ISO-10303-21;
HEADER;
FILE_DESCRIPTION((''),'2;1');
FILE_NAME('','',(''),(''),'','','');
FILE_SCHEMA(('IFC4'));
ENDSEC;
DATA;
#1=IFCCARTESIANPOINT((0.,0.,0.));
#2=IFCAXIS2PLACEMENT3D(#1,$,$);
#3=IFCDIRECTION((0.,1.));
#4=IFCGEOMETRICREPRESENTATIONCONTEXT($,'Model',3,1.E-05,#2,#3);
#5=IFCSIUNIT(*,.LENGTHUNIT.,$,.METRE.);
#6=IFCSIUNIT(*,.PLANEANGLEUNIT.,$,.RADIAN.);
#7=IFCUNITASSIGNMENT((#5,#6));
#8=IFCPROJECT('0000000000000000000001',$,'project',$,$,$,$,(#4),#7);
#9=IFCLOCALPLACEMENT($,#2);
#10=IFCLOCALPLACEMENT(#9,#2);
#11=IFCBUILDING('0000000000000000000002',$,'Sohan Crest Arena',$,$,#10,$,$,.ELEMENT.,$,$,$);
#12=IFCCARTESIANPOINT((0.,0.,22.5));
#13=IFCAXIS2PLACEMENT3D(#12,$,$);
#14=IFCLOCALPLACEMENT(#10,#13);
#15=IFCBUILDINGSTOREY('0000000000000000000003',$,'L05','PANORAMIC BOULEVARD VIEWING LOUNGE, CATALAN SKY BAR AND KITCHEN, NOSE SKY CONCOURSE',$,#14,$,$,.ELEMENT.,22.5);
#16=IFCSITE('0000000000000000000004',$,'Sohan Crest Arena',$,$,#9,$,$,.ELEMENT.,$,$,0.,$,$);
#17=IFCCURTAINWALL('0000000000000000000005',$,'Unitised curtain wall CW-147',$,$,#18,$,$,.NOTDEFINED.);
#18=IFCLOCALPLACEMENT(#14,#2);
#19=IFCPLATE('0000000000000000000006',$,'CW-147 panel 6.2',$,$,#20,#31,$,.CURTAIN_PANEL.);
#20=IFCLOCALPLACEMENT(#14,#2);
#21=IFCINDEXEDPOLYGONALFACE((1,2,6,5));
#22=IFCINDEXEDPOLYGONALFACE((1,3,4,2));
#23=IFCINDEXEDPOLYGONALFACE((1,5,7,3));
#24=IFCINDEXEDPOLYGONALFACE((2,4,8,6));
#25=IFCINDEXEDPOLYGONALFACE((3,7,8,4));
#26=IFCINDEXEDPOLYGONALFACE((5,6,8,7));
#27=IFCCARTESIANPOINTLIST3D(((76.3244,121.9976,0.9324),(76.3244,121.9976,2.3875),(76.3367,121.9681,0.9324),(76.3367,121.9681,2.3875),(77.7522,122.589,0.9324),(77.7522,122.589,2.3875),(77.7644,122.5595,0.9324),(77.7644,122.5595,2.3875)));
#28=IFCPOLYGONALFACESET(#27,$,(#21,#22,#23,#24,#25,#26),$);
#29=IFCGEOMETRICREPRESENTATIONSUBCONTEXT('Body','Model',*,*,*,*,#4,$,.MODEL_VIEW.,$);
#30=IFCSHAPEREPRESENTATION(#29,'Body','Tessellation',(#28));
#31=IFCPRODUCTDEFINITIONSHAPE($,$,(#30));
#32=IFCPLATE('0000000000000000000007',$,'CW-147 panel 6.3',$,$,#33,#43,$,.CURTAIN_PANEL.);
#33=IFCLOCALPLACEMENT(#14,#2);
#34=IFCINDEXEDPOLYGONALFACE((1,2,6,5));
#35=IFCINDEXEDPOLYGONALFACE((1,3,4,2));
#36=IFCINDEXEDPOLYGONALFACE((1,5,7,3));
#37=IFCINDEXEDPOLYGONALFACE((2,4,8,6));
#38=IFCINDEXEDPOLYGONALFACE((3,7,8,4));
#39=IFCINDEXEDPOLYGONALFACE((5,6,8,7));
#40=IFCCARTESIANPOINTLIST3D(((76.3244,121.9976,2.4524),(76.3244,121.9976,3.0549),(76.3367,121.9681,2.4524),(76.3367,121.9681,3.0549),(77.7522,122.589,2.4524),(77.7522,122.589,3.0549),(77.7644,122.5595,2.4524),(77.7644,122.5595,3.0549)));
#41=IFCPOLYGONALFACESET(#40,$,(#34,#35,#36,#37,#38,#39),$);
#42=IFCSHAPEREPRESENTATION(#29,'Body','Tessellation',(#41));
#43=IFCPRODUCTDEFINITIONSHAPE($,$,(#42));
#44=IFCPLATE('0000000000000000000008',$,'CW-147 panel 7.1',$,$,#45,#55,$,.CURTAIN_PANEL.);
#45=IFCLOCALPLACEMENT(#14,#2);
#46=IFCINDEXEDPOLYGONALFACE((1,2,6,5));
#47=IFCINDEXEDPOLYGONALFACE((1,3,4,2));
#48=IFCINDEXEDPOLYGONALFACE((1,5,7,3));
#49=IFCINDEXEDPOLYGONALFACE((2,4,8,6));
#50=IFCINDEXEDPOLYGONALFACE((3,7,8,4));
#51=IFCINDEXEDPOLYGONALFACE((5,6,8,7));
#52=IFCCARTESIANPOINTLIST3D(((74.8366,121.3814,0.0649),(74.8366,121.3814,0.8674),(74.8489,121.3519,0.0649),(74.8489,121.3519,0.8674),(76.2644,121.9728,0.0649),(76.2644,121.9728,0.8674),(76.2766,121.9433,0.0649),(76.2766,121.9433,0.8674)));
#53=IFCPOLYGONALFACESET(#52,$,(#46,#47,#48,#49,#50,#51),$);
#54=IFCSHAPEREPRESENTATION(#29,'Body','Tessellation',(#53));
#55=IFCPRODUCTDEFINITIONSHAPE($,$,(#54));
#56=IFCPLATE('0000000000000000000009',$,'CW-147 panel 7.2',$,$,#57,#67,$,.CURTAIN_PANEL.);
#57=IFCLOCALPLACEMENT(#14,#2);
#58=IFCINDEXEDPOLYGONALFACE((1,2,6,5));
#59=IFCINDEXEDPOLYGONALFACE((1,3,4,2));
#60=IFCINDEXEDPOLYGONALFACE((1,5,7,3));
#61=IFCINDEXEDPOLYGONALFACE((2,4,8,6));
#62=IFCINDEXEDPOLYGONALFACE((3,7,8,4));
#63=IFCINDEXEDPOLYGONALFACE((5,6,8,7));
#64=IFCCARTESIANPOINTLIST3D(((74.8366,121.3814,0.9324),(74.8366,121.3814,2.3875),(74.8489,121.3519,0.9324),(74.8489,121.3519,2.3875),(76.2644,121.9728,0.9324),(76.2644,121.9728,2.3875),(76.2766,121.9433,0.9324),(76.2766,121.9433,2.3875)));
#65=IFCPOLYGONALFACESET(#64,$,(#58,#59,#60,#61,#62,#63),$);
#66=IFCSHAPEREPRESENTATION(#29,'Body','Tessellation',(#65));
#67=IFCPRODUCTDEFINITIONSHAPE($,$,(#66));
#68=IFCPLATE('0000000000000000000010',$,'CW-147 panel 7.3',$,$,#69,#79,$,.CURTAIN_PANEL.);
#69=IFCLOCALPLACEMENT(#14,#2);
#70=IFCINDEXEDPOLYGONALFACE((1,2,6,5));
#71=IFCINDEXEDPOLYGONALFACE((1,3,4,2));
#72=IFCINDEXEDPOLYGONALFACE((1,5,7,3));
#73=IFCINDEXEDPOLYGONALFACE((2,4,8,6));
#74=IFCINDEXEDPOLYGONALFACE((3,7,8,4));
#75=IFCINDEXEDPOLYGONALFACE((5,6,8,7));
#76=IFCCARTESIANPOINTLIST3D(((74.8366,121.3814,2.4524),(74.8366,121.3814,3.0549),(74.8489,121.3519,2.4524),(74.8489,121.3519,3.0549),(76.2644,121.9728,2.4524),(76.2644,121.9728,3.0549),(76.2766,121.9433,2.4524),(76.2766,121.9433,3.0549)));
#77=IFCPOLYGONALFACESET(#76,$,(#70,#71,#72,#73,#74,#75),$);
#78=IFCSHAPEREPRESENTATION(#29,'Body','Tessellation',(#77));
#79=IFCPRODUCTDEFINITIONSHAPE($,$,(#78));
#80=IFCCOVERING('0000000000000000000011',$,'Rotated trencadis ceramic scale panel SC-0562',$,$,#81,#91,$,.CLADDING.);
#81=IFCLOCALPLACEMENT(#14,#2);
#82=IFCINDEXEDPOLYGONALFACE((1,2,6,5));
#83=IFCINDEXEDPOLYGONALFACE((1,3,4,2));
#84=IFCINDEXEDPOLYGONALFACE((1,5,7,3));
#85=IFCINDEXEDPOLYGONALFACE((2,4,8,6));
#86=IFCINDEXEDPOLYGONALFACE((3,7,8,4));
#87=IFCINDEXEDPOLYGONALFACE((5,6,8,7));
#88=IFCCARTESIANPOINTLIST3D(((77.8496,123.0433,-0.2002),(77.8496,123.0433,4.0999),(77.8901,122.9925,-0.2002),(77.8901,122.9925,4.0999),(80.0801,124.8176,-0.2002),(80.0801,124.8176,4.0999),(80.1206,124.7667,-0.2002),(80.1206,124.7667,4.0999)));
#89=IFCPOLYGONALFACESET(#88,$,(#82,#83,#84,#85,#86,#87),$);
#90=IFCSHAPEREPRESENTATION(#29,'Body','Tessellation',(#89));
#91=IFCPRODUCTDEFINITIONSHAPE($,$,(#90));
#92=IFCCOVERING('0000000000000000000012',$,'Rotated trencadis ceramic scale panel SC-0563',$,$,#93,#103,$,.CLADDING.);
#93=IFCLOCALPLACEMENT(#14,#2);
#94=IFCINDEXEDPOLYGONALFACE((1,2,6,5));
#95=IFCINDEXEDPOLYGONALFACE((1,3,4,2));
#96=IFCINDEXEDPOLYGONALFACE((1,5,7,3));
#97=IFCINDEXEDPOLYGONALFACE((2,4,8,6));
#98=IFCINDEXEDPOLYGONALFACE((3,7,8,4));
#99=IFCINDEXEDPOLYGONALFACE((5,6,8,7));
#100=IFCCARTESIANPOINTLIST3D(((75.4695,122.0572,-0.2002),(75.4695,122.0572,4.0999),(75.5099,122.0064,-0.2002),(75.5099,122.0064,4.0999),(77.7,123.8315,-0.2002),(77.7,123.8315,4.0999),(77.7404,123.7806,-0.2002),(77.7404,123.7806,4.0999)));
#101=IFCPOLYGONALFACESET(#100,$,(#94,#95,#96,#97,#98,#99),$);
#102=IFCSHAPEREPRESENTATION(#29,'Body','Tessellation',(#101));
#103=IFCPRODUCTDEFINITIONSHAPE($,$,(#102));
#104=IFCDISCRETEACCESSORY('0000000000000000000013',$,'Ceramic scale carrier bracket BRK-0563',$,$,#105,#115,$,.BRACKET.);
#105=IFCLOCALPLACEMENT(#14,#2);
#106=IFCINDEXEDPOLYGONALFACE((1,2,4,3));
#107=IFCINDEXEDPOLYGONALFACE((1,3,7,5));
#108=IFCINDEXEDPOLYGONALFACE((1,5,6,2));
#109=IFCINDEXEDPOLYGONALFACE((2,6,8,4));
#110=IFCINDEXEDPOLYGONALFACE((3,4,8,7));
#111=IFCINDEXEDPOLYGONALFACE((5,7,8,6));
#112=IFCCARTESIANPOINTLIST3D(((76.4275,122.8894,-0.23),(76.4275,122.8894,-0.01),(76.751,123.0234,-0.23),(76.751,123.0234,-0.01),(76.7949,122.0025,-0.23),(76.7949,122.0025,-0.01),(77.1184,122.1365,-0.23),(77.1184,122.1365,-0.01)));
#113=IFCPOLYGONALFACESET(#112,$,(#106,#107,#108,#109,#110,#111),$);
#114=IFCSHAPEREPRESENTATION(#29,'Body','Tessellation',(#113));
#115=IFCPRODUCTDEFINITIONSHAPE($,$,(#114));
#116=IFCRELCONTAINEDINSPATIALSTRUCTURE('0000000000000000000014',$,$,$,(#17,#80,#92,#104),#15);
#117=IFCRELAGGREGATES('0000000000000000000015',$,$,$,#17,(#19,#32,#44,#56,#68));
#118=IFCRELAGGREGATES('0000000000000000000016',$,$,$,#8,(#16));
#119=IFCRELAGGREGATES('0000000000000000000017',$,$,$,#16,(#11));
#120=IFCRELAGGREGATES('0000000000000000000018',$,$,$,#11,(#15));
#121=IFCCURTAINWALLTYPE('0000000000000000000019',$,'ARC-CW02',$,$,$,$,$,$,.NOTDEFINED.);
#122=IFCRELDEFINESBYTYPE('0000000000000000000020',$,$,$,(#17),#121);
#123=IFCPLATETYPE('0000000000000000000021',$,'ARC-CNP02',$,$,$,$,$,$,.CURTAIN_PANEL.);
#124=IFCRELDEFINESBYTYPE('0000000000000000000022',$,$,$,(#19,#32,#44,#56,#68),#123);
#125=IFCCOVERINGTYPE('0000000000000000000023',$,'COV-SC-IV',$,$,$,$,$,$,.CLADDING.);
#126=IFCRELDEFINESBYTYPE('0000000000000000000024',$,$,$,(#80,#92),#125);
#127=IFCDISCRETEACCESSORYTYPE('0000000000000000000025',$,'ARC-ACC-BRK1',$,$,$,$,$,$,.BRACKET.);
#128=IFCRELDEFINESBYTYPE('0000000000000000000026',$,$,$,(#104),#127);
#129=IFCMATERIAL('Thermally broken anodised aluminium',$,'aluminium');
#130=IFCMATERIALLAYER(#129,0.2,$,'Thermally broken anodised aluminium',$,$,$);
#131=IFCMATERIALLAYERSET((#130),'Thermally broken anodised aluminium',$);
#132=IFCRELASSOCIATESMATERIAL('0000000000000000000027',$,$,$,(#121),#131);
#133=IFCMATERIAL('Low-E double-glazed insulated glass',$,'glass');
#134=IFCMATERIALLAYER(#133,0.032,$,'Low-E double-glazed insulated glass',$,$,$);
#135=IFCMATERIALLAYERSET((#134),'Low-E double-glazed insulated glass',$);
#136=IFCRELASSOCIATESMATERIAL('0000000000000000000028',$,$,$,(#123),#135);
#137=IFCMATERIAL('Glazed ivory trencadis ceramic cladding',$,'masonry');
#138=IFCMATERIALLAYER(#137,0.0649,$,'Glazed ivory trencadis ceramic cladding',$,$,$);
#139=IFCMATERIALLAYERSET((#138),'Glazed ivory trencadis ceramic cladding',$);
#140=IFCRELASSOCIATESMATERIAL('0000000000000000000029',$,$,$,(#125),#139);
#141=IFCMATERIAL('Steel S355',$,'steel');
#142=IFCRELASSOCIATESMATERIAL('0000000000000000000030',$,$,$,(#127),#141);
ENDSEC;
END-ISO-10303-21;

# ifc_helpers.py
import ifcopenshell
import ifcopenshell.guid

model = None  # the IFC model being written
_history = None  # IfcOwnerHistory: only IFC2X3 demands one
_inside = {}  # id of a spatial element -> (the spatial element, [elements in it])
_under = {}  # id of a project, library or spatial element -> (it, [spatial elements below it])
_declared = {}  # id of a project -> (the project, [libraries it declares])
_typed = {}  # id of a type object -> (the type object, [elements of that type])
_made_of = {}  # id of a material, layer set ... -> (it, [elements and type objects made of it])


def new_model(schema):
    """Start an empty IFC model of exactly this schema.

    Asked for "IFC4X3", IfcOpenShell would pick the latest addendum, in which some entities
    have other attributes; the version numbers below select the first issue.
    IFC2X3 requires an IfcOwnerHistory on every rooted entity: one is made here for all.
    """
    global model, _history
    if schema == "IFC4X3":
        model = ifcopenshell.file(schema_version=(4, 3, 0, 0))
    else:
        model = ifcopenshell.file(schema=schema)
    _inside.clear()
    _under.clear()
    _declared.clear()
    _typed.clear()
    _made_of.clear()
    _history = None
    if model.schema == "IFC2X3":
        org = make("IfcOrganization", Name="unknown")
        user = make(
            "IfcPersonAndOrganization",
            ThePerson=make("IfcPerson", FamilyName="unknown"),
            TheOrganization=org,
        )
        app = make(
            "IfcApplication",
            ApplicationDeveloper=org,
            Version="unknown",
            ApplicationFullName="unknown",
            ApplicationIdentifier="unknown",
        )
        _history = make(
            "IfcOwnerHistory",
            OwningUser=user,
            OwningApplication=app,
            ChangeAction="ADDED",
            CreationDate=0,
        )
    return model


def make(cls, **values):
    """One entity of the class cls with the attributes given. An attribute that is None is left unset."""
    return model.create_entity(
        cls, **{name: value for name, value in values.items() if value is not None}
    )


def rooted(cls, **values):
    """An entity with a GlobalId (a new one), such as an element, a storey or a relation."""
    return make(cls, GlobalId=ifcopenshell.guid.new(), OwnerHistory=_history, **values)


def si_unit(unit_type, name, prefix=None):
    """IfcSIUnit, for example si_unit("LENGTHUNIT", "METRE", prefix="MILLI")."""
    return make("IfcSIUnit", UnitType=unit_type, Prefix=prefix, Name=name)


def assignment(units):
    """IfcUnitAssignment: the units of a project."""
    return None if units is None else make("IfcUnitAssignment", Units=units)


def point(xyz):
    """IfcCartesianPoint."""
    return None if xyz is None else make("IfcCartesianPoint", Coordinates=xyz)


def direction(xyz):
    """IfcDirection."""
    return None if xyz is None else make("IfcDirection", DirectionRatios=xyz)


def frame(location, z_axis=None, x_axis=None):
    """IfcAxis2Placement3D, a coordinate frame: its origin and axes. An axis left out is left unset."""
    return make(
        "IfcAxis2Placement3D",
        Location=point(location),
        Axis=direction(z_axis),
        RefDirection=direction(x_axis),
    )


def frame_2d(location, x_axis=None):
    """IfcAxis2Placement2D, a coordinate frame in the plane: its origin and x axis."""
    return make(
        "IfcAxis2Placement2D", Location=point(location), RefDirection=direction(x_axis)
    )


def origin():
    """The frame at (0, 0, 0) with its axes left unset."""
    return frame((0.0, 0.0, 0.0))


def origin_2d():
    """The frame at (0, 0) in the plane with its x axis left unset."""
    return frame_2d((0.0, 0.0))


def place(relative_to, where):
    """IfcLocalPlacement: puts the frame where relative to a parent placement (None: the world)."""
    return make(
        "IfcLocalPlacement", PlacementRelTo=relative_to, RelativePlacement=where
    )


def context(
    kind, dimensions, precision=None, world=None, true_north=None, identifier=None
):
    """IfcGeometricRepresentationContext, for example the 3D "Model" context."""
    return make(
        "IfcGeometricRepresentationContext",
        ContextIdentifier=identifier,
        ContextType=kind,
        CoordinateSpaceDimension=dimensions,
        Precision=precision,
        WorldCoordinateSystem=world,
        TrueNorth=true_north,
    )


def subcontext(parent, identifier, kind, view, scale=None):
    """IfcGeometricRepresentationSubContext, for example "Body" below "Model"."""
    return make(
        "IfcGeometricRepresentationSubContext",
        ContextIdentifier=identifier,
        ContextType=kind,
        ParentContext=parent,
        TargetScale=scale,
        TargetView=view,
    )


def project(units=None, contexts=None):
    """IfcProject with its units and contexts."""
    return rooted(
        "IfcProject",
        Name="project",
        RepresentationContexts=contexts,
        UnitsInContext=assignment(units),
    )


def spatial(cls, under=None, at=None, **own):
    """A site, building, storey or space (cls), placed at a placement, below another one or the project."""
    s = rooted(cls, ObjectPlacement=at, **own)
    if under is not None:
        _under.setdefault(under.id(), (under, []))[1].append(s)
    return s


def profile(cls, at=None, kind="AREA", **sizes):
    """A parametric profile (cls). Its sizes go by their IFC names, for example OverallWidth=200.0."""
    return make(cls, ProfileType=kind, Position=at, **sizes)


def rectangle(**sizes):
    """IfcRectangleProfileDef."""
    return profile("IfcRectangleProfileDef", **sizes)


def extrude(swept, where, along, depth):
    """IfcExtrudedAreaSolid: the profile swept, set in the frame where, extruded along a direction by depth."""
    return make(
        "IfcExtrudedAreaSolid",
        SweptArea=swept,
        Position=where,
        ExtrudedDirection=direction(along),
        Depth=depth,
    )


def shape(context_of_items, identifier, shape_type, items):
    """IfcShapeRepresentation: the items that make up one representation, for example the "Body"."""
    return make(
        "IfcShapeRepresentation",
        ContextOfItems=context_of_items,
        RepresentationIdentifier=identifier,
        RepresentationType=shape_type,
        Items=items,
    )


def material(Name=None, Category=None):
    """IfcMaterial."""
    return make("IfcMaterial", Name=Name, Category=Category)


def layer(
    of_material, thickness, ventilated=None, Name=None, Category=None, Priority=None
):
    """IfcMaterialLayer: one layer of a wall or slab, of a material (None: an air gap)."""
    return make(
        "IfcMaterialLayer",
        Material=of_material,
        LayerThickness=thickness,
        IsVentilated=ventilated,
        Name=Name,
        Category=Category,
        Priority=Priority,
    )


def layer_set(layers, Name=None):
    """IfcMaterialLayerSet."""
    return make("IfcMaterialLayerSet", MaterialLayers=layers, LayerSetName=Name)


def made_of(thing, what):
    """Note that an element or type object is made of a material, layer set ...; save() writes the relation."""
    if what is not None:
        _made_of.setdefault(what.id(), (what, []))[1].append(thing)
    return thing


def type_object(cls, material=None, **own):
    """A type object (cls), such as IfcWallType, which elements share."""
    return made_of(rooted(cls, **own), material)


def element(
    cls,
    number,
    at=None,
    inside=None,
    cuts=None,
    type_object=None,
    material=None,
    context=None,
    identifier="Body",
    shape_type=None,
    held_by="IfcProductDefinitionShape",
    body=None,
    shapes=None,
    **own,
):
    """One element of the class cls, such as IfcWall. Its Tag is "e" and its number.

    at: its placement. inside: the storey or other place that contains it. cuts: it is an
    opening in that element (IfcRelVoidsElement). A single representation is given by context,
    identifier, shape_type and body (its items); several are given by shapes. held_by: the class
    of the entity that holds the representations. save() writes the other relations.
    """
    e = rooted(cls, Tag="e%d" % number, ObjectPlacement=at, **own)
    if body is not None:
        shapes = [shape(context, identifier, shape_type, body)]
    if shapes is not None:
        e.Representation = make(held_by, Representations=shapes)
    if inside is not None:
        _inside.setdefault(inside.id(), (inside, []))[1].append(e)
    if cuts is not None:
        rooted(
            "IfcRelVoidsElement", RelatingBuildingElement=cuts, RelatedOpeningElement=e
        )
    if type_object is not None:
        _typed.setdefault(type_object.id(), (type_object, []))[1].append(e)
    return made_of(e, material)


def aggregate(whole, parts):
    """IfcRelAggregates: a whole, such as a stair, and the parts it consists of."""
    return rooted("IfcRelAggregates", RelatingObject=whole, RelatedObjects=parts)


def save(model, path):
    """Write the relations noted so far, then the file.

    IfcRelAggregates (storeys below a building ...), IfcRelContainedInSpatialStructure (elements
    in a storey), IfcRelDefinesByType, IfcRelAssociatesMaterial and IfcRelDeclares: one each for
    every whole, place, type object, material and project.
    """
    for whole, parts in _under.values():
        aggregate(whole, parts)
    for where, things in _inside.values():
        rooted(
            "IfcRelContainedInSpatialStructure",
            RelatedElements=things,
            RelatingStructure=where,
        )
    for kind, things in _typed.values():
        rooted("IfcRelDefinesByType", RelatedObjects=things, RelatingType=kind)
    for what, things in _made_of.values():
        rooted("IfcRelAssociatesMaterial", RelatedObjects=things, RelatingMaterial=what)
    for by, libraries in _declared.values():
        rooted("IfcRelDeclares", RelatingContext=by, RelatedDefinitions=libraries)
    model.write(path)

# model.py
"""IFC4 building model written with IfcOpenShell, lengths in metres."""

from ifc_helpers import new_model, si_unit, direction, frame, origin, origin_2d, place, context, subcontext, project, spatial, rectangle, extrude, material, layer, layer_set, type_object, element, aggregate, save


model = new_model("IFC4")

# Units and contexts
model_context = context("Model", 3, precision=1e-05, world=origin(), true_north=direction((0.0, 1.0)))
body_context = subcontext(model_context, "Body", "Model", "MODEL_VIEW")
ifc_project = project(units=[si_unit("LENGTHUNIT", "METRE"), si_unit("PLANEANGLEUNIT", "RADIAN")], contexts=[model_context])

# Site, building, storey
site_placement = place(None, origin())
site = spatial("IfcSite", under=ifc_project, at=site_placement, Name="Sohan Crest Arena", CompositionType="ELEMENT", RefElevation=0.0)
building_placement = place(site_placement, origin())
building = spatial("IfcBuilding", under=site, at=building_placement, Name="Sohan Crest Arena", CompositionType="ELEMENT")
storey_placement = place(building_placement, frame((0.0, 0.0, 22.5)))
storey = spatial("IfcBuildingStorey", under=building, at=storey_placement, Name="L05", Description="PANORAMIC BOULEVARD VIEWING LOUNGE, CATALAN SKY BAR AND KITCHEN, NOSE SKY CONCOURSE", CompositionType="ELEMENT", Elevation=22.5)

# Curtain wall, plates
ifc_material_1 = material(Name="Thermally broken anodised aluminium", Category="aluminium")
ifc_layer_1 = layer(ifc_material_1, 0.2, Name="Thermally broken anodised aluminium")
ifc_layer_set_1 = layer_set([ifc_layer_1], Name="Thermally broken anodised aluminium")
curtain_wall_type = type_object("IfcCurtainWallType", Name="ARC-CW02", PredefinedType="NOTDEFINED", material=ifc_layer_set_1)
curtain_wall_placement = place(storey_placement, origin())
curtain_wall = element("IfcCurtainWall", 1, at=curtain_wall_placement, inside=storey, type_object=curtain_wall_type, Name="Unitised curtain wall CW-147", PredefinedType="NOTDEFINED")
ifc_material_2 = material(Name="Low-E double-glazed insulated glass", Category="glass")
ifc_layer_2 = layer(ifc_material_2, 0.032, Name="Low-E double-glazed insulated glass")
ifc_layer_set_2 = layer_set([ifc_layer_2], Name="Low-E double-glazed insulated glass")
plate_type = type_object("IfcPlateType", Name="ARC-CNP02", PredefinedType="CURTAIN_PANEL", material=ifc_layer_set_2)
plate_1_placement = place(storey_placement, frame((77.0444, 122.2786, 0.9324), z_axis=(0.0, 0.0, 1.0), x_axis=(-0.923879, -0.382685, 0.0)))
plate_1 = element("IfcPlate", 2, at=plate_1_placement, type_object=plate_type, Name="CW-147 panel 6.2", PredefinedType="CURTAIN_PANEL", context=body_context, shape_type="SweptSolid", body=[
    extrude(rectangle(XDim=1.5454, YDim=0.032, at=origin_2d()), origin(), (0.0, 0.0, 1.0), 1.4551),
])
plate_2_placement = place(storey_placement, frame((77.0444, 122.2786, 2.4524), z_axis=(0.0, 0.0, 1.0), x_axis=(-0.923879, -0.382685, 0.0)))
plate_2 = element("IfcPlate", 3, at=plate_2_placement, type_object=plate_type, Name="CW-147 panel 6.3", PredefinedType="CURTAIN_PANEL", context=body_context, shape_type="SweptSolid", body=[
    extrude(rectangle(XDim=1.5454, YDim=0.032, at=origin_2d()), origin(), (0.0, 0.0, 1.0), 0.6025),
])
plate_3_placement = place(storey_placement, frame((75.5566, 121.6624, 0.0649), z_axis=(0.0, 0.0, 1.0), x_axis=(-0.923879, -0.382685, 0.0)))
plate_3 = element("IfcPlate", 4, at=plate_3_placement, type_object=plate_type, Name="CW-147 panel 7.1", PredefinedType="CURTAIN_PANEL", context=body_context, shape_type="SweptSolid", body=[
    extrude(rectangle(XDim=1.5454, YDim=0.032, at=origin_2d()), origin(), (0.0, 0.0, 1.0), 0.8025),
])
plate_4_placement = place(storey_placement, frame((75.5566, 121.6624, 0.9324), z_axis=(0.0, 0.0, 1.0), x_axis=(-0.923879, -0.382685, 0.0)))
plate_4 = element("IfcPlate", 5, at=plate_4_placement, type_object=plate_type, Name="CW-147 panel 7.2", PredefinedType="CURTAIN_PANEL", context=body_context, shape_type="SweptSolid", body=[
    extrude(rectangle(XDim=1.5454, YDim=0.032, at=origin_2d()), origin(), (0.0, 0.0, 1.0), 1.4551),
])
plate_5_placement = place(storey_placement, frame((75.5566, 121.6624, 2.4524), z_axis=(0.0, 0.0, 1.0), x_axis=(-0.923879, -0.382685, 0.0)))
plate_5 = element("IfcPlate", 6, at=plate_5_placement, type_object=plate_type, Name="CW-147 panel 7.3", PredefinedType="CURTAIN_PANEL", context=body_context, shape_type="SweptSolid", body=[
    extrude(rectangle(XDim=1.5454, YDim=0.032, at=origin_2d()), origin(), (0.0, 0.0, 1.0), 0.6025),
])
aggregate(curtain_wall, [plate_1, plate_2, plate_3, plate_4, plate_5])

# Coverings
ifc_material_3 = material(Name="Glazed ivory trencadis ceramic cladding", Category="masonry")
ifc_layer_3 = layer(ifc_material_3, 0.0649, Name="Glazed ivory trencadis ceramic cladding")
ifc_layer_set_3 = layer_set([ifc_layer_3], Name="Glazed ivory trencadis ceramic cladding")
covering_type = type_object("IfcCoveringType", Name="COV-SC-IV", PredefinedType="CLADDING", material=ifc_layer_set_3)
for number, where, z_axis, x_axis, name in (
    (7, (78.9851, 123.905, -0.2002), (0.0, 0.0, 1.0), (-0.782608, -0.622515, 0.0), "Rotated trencadis ceramic scale panel SC-0562"),
    (8, (76.605, 122.9189, -0.2002), (0.0, 0.0, 1.0), (-0.782608, -0.622515, 0.0), "Rotated trencadis ceramic scale panel SC-0563"),
):
    element("IfcCovering", number, at=place(storey_placement, frame(where, z_axis=z_axis, x_axis=x_axis)), inside=storey, type_object=covering_type, Name=name, PredefinedType="CLADDING", context=body_context, shape_type="SweptSolid", body=[
        extrude(rectangle(XDim=2.8501, YDim=0.0649, at=origin_2d()), origin(), (0.0, 0.0, 1.0), 4.3),
    ])

# Discrete accessory
ifc_material_4 = material(Name="Steel S355", Category="steel")
discrete_accessory_type = type_object("IfcDiscreteAccessoryType", Name="ARC-ACC-BRK1", PredefinedType="BRACKET", material=ifc_material_4)
discrete_accessory_placement = place(storey_placement, frame((76.7729, 122.5129, -0.23), z_axis=(0.0, 0.0, 1.0), x_axis=(-0.92388, -0.382683, 0.0)))
element("IfcDiscreteAccessory", 9, at=discrete_accessory_placement, inside=storey, type_object=discrete_accessory_type, Name="Ceramic scale carrier bracket BRK-0563", PredefinedType="BRACKET", context=body_context, shape_type="SweptSolid", body=[
    extrude(rectangle(XDim=0.3501, YDim=0.96, at=origin_2d()), origin(), (0.0, 0.0, 1.0), 0.22),
])

save(model, "model.ifc")
